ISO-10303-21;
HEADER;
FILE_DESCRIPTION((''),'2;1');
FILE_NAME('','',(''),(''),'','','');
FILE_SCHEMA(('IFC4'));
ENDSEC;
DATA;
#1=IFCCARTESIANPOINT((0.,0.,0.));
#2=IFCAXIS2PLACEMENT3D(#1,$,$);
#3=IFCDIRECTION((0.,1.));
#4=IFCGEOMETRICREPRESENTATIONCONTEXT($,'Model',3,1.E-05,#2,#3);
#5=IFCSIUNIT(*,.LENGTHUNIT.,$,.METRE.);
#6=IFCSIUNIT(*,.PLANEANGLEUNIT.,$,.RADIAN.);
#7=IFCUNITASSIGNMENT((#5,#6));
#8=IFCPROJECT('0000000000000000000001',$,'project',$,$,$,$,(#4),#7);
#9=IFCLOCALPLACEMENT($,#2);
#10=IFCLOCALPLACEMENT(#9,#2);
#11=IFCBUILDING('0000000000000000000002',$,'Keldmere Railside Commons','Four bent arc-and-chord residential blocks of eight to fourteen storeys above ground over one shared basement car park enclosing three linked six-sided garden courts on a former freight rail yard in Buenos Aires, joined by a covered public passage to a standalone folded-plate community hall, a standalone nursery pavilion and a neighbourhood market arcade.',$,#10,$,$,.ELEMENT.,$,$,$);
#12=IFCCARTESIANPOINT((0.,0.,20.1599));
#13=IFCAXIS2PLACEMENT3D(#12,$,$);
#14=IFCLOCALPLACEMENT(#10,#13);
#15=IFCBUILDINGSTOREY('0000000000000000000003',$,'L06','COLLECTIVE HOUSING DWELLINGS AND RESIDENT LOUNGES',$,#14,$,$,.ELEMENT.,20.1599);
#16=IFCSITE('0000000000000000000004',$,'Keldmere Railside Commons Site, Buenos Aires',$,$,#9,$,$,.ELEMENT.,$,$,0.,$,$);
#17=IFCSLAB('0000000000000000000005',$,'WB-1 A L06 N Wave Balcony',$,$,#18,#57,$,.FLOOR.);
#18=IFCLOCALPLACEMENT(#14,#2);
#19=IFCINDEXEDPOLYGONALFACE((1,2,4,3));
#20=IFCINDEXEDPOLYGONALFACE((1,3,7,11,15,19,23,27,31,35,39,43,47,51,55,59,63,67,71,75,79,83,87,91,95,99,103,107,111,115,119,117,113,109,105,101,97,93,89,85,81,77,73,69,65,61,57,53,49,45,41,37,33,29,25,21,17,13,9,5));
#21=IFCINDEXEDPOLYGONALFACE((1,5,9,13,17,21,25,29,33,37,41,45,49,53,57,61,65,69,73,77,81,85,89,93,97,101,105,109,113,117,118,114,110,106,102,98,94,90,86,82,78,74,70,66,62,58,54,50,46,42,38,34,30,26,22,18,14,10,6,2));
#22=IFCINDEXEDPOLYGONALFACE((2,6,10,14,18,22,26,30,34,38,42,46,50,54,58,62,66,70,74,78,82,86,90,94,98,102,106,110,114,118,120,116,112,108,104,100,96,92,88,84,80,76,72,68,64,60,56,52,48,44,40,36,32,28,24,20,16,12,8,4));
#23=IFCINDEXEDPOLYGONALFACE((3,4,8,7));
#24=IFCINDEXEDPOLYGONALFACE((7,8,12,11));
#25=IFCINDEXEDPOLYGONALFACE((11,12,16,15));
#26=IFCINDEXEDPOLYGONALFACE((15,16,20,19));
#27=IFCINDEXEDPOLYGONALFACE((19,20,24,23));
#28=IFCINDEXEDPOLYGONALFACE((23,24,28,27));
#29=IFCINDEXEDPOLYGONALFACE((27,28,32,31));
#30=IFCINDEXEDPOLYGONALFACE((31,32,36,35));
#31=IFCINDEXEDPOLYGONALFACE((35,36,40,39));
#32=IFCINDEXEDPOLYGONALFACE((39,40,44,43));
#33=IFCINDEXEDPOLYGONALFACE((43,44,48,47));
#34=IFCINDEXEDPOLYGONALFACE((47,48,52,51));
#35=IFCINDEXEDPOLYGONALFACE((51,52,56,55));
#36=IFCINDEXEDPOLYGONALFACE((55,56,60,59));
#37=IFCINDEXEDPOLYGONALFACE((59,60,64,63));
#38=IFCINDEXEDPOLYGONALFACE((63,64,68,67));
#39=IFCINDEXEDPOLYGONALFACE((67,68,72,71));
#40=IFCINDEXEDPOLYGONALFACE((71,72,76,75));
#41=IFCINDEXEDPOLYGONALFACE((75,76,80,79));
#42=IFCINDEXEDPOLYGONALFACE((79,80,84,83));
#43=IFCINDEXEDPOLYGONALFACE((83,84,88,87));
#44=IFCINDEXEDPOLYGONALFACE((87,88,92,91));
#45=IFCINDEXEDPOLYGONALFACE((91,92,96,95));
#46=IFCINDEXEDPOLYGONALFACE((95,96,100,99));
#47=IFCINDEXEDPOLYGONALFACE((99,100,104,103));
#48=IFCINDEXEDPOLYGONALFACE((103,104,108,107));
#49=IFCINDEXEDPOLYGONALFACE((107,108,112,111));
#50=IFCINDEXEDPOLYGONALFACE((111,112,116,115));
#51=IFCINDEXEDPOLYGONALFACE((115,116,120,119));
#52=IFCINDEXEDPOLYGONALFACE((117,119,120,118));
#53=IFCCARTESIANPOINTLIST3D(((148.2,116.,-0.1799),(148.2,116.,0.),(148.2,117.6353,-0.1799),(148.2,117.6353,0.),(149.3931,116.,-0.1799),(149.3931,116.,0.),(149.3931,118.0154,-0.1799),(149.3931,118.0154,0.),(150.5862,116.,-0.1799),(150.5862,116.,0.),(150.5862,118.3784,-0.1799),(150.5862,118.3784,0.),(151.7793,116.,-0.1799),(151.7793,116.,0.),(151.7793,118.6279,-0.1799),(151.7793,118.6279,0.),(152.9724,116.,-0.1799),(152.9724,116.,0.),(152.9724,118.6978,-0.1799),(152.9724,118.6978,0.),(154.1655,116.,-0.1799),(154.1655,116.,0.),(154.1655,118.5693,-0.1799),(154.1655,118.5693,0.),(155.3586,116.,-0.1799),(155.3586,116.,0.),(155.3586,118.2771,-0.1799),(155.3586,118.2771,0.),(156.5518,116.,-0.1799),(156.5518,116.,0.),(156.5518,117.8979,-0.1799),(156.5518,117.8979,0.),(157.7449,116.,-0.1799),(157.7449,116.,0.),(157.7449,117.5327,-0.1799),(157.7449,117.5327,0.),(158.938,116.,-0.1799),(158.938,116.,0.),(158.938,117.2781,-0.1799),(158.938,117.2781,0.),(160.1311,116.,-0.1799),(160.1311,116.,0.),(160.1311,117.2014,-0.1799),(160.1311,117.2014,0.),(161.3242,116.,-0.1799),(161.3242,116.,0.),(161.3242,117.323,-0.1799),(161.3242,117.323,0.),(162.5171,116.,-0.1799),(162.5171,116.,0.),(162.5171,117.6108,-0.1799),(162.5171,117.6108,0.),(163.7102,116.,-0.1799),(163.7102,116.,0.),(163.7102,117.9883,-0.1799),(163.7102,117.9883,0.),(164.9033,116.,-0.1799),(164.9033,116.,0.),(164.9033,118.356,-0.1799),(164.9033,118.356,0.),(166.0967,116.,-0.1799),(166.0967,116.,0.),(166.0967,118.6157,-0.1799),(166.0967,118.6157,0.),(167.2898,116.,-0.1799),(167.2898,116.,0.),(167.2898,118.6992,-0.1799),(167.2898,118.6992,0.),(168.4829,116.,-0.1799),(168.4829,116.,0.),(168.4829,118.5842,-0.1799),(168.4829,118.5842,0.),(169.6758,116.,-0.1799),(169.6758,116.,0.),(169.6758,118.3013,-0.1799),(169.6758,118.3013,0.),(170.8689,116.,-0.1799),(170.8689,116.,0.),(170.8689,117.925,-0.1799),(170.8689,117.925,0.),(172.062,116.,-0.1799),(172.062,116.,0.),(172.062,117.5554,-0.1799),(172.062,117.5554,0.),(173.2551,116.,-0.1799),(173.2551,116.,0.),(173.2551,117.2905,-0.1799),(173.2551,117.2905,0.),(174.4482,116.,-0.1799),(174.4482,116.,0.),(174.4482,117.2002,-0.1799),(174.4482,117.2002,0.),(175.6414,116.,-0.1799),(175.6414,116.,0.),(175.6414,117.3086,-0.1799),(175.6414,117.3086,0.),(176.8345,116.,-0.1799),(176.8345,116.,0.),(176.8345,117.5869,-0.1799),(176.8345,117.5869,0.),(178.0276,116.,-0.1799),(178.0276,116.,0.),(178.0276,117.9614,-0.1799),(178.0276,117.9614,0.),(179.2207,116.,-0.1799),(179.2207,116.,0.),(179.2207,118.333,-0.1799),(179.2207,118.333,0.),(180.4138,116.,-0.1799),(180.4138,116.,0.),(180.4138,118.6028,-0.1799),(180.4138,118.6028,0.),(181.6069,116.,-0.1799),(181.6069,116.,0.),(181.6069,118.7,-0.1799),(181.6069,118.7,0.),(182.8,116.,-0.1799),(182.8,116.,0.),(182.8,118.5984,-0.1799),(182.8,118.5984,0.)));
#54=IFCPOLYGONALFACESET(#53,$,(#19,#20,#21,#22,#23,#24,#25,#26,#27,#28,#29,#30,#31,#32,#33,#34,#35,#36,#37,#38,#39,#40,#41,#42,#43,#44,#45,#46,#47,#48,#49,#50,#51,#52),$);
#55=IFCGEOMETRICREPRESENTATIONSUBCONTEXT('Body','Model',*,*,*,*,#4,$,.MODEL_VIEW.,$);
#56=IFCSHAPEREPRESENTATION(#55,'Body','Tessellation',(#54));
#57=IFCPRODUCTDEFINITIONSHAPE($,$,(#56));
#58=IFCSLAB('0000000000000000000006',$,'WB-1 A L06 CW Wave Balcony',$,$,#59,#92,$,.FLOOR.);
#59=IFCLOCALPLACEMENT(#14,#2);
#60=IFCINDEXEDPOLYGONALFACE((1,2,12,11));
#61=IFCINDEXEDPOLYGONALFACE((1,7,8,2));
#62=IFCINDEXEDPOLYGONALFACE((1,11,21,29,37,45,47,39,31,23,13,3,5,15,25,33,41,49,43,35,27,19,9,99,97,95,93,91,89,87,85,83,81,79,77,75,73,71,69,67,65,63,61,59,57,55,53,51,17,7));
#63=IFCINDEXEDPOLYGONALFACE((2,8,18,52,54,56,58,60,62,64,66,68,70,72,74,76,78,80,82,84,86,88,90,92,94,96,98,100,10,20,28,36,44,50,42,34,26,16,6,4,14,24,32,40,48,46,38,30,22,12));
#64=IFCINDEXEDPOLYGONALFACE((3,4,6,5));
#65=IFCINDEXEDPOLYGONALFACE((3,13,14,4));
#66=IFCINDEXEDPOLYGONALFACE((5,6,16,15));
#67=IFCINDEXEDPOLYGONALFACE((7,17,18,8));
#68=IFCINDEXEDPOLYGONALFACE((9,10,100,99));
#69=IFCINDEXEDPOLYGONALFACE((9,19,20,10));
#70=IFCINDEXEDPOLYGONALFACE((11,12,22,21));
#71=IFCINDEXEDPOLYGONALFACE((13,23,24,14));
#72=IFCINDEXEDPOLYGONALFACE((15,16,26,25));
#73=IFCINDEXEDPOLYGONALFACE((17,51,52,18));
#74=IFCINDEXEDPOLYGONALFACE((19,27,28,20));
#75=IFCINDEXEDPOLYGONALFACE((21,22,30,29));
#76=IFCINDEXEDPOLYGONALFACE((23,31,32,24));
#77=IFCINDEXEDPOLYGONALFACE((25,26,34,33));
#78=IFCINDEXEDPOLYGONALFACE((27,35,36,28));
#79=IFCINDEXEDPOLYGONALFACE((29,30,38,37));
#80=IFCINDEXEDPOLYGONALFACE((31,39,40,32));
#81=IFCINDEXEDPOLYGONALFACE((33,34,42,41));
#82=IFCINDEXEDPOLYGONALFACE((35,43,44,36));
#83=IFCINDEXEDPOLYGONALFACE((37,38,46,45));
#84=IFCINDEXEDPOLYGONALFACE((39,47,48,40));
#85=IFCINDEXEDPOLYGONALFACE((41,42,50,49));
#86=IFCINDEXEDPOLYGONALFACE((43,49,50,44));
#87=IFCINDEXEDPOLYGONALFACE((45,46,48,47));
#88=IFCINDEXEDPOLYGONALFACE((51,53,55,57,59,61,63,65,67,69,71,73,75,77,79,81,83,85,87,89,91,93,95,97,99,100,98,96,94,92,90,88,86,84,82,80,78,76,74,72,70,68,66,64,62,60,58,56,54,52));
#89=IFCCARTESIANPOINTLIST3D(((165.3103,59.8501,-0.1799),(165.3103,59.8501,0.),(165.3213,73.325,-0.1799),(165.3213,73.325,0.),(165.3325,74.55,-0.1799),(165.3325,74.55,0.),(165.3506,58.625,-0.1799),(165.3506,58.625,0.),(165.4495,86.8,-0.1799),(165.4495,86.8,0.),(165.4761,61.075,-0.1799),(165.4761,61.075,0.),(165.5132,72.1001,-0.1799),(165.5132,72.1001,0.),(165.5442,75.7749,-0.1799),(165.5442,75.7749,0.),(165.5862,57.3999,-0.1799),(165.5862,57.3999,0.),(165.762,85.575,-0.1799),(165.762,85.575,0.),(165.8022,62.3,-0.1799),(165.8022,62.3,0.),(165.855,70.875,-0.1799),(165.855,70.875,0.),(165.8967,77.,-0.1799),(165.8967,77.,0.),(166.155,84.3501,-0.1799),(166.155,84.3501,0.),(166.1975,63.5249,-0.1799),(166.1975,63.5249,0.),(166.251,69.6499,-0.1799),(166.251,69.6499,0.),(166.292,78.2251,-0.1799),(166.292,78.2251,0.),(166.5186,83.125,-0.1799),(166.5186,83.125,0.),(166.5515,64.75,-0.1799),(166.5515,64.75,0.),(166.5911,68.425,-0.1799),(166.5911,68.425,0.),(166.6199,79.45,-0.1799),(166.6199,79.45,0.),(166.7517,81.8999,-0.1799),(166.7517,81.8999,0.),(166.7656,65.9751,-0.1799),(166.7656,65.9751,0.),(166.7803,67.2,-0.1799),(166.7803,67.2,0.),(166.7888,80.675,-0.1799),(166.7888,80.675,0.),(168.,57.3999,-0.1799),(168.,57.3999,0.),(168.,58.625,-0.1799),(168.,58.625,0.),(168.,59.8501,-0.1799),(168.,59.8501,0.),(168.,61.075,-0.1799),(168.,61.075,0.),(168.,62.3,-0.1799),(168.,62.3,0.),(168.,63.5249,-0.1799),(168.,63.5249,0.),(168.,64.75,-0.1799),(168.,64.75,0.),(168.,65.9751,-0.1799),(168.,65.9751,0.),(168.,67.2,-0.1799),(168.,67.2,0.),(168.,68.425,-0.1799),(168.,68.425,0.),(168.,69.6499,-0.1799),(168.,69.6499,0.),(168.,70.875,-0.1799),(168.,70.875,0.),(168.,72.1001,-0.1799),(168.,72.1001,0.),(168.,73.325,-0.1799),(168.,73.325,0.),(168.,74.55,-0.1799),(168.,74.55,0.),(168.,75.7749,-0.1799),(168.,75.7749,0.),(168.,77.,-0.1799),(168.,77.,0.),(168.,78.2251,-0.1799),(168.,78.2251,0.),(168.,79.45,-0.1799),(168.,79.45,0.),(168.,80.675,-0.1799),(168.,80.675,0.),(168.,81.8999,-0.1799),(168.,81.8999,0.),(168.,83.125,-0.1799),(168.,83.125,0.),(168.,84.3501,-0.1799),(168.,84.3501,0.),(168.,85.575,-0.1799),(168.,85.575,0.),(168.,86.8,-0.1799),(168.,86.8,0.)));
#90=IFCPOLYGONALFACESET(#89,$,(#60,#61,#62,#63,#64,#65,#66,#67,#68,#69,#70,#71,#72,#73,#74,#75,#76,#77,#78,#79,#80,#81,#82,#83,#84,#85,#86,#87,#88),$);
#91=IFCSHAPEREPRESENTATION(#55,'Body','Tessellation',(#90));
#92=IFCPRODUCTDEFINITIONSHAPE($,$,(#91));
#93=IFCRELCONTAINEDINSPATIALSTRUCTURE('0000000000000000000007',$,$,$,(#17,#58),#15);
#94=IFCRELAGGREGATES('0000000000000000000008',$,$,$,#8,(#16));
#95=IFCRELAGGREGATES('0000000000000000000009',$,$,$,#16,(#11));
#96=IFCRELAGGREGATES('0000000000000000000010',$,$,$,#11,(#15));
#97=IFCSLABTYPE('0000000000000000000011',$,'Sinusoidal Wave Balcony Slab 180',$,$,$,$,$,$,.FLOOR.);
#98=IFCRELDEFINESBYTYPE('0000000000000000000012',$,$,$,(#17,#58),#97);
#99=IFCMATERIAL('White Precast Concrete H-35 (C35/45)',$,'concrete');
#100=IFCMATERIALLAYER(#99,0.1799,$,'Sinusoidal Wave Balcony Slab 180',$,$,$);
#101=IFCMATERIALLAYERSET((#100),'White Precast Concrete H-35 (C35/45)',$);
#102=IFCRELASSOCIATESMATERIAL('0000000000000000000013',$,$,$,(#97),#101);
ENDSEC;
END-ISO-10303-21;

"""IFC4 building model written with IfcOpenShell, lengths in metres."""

from ifc_helpers import new_model, si_unit, direction, frame, origin, place, context, subcontext, project, spatial, polyline, outline, extrude, material, layer, layer_set, type_object, element, save


model = new_model("IFC4")

# Units and contexts
model_context = context("Model", 3, precision=1e-05, world=origin(), true_north=direction((0.0, 1.0)))
body_context = subcontext(model_context, "Body", "Model", "MODEL_VIEW")
ifc_project = project(units=[si_unit("LENGTHUNIT", "METRE"), si_unit("PLANEANGLEUNIT", "RADIAN")], contexts=[model_context])

# Site, building, storey
site_placement = place(None, origin())
site = spatial("IfcSite", under=ifc_project, at=site_placement, Name="Keldmere Railside Commons Site, Buenos Aires", CompositionType="ELEMENT", RefElevation=0.0)
building_placement = place(site_placement, origin())
building = spatial("IfcBuilding", under=site, at=building_placement, Name="Keldmere Railside Commons", Description="Four bent arc-and-chord residential blocks of eight to fourteen storeys above ground over one shared basement car park enclosing three linked six-sided garden courts on a former freight rail yard in Buenos Aires, joined by a covered public passage to a standalone folded-plate community hall, a standalone nursery pavilion and a neighbourhood market arcade.", CompositionType="ELEMENT")
storey_placement = place(building_placement, frame((0.0, 0.0, 20.1599)))
storey = spatial("IfcBuildingStorey", under=building, at=storey_placement, Name="L06", Description="COLLECTIVE HOUSING DWELLINGS AND RESIDENT LOUNGES", CompositionType="ELEMENT", Elevation=20.1599)

# Slabs
ifc_material_1 = material(Name="White Precast Concrete H-35 (C35/45)", Category="concrete")
ifc_layer_1 = layer(ifc_material_1, 0.1799, Name="Sinusoidal Wave Balcony Slab 180")
ifc_layer_set_1 = layer_set([ifc_layer_1], Name="White Precast Concrete H-35 (C35/45)")
slab_type_1 = type_object("IfcSlabType", Name="Sinusoidal Wave Balcony Slab 180", PredefinedType="FLOOR", material=ifc_layer_set_1)
slab_1_placement = place(storey_placement, frame((0.0, 0.0, -0.1799)))
element("IfcSlab", 1, at=slab_1_placement, inside=storey, type_object=slab_type_1, Name="WB-1 A L06 N Wave Balcony", PredefinedType="FLOOR", context=body_context, shape_type="SweptSolid", body=[
    extrude(outline(polyline([(148.2, 116.0), (149.3931, 116.0), (150.5862, 116.0), (151.7793, 116.0), (152.9724, 116.0), (154.1655, 116.0), (155.3586, 116.0), (156.5518, 116.0), (157.7449, 116.0), (158.938, 116.0), (160.1311, 116.0), (161.3242, 116.0), (162.5171, 116.0), (163.7102, 116.0), (164.9033, 116.0), (166.0967, 116.0), (167.2898, 116.0), (168.4829, 116.0), (169.6758, 116.0), (170.8689, 116.0), (172.062, 116.0), (173.2551, 116.0), (174.4482, 116.0), (175.6414, 116.0), (176.8345, 116.0), (178.0276, 116.0), (179.2207, 116.0), (180.4138, 116.0), (181.6069, 116.0), (182.8, 116.0), (182.8, 118.5984), (181.6069, 118.7), (180.4138, 118.6028), (179.2207, 118.333), (178.0276, 117.9614), (176.8345, 117.5869), (175.6414, 117.3086), (174.4482, 117.2002), (173.2551, 117.2905), (172.062, 117.5554), (170.8689, 117.925), (169.6758, 118.3013), (168.4829, 118.5842), (167.2898, 118.6992), (166.0967, 118.6157), (164.9033, 118.356), (163.7102, 117.9883), (162.5171, 117.6108), (161.3242, 117.323), (160.1311, 117.2014), (158.938, 117.2781), (157.7449, 117.5327), (156.5518, 117.8979), (155.3586, 118.2771), (154.1655, 118.5693), (152.9724, 118.6978), (151.7793, 118.6279), (150.5862, 118.3784), (149.3931, 118.0154), (148.2, 117.6353), (148.2, 116.0)])), origin(), (0.0, 0.0, 1.0), 0.1799),
])
slab_2_placement = place(storey_placement, frame((0.0, 0.0, -0.1799)))
element("IfcSlab", 2, at=slab_2_placement, inside=storey, type_object=slab_type_1, Name="WB-1 A L06 CW Wave Balcony", PredefinedType="FLOOR", context=body_context, shape_type="SweptSolid", body=[
    extrude(outline(polyline([(168.0, 57.3999), (168.0, 58.625), (168.0, 59.8501), (168.0, 61.075), (168.0, 62.3), (168.0, 63.5249), (168.0, 64.75), (168.0, 65.9751), (168.0, 67.2), (168.0, 68.425), (168.0, 69.6499), (168.0, 70.875), (168.0, 72.1001), (168.0, 73.325), (168.0, 74.55), (168.0, 75.7749), (168.0, 77.0), (168.0, 78.2251), (168.0, 79.45), (168.0, 80.675), (168.0, 81.8999), (168.0, 83.125), (168.0, 84.3501), (168.0, 85.575), (168.0, 86.8), (165.4495, 86.8), (165.762, 85.575), (166.155, 84.3501), (166.5186, 83.125), (166.7517, 81.8999), (166.7888, 80.675), (166.6199, 79.45), (166.292, 78.2251), (165.8967, 77.0), (165.5442, 75.7749), (165.3325, 74.55), (165.3213, 73.325), (165.5132, 72.1001), (165.855, 70.875), (166.251, 69.6499), (166.5911, 68.425), (166.7803, 67.2), (166.7656, 65.9751), (166.5515, 64.75), (166.1975, 63.5249), (165.8022, 62.3), (165.4761, 61.075), (165.3103, 59.8501), (165.3506, 58.625), (165.5862, 57.3999), (168.0, 57.3999)])), origin(), (0.0, 0.0, 1.0), 0.1799),
])

save(model, "model.ifc")
